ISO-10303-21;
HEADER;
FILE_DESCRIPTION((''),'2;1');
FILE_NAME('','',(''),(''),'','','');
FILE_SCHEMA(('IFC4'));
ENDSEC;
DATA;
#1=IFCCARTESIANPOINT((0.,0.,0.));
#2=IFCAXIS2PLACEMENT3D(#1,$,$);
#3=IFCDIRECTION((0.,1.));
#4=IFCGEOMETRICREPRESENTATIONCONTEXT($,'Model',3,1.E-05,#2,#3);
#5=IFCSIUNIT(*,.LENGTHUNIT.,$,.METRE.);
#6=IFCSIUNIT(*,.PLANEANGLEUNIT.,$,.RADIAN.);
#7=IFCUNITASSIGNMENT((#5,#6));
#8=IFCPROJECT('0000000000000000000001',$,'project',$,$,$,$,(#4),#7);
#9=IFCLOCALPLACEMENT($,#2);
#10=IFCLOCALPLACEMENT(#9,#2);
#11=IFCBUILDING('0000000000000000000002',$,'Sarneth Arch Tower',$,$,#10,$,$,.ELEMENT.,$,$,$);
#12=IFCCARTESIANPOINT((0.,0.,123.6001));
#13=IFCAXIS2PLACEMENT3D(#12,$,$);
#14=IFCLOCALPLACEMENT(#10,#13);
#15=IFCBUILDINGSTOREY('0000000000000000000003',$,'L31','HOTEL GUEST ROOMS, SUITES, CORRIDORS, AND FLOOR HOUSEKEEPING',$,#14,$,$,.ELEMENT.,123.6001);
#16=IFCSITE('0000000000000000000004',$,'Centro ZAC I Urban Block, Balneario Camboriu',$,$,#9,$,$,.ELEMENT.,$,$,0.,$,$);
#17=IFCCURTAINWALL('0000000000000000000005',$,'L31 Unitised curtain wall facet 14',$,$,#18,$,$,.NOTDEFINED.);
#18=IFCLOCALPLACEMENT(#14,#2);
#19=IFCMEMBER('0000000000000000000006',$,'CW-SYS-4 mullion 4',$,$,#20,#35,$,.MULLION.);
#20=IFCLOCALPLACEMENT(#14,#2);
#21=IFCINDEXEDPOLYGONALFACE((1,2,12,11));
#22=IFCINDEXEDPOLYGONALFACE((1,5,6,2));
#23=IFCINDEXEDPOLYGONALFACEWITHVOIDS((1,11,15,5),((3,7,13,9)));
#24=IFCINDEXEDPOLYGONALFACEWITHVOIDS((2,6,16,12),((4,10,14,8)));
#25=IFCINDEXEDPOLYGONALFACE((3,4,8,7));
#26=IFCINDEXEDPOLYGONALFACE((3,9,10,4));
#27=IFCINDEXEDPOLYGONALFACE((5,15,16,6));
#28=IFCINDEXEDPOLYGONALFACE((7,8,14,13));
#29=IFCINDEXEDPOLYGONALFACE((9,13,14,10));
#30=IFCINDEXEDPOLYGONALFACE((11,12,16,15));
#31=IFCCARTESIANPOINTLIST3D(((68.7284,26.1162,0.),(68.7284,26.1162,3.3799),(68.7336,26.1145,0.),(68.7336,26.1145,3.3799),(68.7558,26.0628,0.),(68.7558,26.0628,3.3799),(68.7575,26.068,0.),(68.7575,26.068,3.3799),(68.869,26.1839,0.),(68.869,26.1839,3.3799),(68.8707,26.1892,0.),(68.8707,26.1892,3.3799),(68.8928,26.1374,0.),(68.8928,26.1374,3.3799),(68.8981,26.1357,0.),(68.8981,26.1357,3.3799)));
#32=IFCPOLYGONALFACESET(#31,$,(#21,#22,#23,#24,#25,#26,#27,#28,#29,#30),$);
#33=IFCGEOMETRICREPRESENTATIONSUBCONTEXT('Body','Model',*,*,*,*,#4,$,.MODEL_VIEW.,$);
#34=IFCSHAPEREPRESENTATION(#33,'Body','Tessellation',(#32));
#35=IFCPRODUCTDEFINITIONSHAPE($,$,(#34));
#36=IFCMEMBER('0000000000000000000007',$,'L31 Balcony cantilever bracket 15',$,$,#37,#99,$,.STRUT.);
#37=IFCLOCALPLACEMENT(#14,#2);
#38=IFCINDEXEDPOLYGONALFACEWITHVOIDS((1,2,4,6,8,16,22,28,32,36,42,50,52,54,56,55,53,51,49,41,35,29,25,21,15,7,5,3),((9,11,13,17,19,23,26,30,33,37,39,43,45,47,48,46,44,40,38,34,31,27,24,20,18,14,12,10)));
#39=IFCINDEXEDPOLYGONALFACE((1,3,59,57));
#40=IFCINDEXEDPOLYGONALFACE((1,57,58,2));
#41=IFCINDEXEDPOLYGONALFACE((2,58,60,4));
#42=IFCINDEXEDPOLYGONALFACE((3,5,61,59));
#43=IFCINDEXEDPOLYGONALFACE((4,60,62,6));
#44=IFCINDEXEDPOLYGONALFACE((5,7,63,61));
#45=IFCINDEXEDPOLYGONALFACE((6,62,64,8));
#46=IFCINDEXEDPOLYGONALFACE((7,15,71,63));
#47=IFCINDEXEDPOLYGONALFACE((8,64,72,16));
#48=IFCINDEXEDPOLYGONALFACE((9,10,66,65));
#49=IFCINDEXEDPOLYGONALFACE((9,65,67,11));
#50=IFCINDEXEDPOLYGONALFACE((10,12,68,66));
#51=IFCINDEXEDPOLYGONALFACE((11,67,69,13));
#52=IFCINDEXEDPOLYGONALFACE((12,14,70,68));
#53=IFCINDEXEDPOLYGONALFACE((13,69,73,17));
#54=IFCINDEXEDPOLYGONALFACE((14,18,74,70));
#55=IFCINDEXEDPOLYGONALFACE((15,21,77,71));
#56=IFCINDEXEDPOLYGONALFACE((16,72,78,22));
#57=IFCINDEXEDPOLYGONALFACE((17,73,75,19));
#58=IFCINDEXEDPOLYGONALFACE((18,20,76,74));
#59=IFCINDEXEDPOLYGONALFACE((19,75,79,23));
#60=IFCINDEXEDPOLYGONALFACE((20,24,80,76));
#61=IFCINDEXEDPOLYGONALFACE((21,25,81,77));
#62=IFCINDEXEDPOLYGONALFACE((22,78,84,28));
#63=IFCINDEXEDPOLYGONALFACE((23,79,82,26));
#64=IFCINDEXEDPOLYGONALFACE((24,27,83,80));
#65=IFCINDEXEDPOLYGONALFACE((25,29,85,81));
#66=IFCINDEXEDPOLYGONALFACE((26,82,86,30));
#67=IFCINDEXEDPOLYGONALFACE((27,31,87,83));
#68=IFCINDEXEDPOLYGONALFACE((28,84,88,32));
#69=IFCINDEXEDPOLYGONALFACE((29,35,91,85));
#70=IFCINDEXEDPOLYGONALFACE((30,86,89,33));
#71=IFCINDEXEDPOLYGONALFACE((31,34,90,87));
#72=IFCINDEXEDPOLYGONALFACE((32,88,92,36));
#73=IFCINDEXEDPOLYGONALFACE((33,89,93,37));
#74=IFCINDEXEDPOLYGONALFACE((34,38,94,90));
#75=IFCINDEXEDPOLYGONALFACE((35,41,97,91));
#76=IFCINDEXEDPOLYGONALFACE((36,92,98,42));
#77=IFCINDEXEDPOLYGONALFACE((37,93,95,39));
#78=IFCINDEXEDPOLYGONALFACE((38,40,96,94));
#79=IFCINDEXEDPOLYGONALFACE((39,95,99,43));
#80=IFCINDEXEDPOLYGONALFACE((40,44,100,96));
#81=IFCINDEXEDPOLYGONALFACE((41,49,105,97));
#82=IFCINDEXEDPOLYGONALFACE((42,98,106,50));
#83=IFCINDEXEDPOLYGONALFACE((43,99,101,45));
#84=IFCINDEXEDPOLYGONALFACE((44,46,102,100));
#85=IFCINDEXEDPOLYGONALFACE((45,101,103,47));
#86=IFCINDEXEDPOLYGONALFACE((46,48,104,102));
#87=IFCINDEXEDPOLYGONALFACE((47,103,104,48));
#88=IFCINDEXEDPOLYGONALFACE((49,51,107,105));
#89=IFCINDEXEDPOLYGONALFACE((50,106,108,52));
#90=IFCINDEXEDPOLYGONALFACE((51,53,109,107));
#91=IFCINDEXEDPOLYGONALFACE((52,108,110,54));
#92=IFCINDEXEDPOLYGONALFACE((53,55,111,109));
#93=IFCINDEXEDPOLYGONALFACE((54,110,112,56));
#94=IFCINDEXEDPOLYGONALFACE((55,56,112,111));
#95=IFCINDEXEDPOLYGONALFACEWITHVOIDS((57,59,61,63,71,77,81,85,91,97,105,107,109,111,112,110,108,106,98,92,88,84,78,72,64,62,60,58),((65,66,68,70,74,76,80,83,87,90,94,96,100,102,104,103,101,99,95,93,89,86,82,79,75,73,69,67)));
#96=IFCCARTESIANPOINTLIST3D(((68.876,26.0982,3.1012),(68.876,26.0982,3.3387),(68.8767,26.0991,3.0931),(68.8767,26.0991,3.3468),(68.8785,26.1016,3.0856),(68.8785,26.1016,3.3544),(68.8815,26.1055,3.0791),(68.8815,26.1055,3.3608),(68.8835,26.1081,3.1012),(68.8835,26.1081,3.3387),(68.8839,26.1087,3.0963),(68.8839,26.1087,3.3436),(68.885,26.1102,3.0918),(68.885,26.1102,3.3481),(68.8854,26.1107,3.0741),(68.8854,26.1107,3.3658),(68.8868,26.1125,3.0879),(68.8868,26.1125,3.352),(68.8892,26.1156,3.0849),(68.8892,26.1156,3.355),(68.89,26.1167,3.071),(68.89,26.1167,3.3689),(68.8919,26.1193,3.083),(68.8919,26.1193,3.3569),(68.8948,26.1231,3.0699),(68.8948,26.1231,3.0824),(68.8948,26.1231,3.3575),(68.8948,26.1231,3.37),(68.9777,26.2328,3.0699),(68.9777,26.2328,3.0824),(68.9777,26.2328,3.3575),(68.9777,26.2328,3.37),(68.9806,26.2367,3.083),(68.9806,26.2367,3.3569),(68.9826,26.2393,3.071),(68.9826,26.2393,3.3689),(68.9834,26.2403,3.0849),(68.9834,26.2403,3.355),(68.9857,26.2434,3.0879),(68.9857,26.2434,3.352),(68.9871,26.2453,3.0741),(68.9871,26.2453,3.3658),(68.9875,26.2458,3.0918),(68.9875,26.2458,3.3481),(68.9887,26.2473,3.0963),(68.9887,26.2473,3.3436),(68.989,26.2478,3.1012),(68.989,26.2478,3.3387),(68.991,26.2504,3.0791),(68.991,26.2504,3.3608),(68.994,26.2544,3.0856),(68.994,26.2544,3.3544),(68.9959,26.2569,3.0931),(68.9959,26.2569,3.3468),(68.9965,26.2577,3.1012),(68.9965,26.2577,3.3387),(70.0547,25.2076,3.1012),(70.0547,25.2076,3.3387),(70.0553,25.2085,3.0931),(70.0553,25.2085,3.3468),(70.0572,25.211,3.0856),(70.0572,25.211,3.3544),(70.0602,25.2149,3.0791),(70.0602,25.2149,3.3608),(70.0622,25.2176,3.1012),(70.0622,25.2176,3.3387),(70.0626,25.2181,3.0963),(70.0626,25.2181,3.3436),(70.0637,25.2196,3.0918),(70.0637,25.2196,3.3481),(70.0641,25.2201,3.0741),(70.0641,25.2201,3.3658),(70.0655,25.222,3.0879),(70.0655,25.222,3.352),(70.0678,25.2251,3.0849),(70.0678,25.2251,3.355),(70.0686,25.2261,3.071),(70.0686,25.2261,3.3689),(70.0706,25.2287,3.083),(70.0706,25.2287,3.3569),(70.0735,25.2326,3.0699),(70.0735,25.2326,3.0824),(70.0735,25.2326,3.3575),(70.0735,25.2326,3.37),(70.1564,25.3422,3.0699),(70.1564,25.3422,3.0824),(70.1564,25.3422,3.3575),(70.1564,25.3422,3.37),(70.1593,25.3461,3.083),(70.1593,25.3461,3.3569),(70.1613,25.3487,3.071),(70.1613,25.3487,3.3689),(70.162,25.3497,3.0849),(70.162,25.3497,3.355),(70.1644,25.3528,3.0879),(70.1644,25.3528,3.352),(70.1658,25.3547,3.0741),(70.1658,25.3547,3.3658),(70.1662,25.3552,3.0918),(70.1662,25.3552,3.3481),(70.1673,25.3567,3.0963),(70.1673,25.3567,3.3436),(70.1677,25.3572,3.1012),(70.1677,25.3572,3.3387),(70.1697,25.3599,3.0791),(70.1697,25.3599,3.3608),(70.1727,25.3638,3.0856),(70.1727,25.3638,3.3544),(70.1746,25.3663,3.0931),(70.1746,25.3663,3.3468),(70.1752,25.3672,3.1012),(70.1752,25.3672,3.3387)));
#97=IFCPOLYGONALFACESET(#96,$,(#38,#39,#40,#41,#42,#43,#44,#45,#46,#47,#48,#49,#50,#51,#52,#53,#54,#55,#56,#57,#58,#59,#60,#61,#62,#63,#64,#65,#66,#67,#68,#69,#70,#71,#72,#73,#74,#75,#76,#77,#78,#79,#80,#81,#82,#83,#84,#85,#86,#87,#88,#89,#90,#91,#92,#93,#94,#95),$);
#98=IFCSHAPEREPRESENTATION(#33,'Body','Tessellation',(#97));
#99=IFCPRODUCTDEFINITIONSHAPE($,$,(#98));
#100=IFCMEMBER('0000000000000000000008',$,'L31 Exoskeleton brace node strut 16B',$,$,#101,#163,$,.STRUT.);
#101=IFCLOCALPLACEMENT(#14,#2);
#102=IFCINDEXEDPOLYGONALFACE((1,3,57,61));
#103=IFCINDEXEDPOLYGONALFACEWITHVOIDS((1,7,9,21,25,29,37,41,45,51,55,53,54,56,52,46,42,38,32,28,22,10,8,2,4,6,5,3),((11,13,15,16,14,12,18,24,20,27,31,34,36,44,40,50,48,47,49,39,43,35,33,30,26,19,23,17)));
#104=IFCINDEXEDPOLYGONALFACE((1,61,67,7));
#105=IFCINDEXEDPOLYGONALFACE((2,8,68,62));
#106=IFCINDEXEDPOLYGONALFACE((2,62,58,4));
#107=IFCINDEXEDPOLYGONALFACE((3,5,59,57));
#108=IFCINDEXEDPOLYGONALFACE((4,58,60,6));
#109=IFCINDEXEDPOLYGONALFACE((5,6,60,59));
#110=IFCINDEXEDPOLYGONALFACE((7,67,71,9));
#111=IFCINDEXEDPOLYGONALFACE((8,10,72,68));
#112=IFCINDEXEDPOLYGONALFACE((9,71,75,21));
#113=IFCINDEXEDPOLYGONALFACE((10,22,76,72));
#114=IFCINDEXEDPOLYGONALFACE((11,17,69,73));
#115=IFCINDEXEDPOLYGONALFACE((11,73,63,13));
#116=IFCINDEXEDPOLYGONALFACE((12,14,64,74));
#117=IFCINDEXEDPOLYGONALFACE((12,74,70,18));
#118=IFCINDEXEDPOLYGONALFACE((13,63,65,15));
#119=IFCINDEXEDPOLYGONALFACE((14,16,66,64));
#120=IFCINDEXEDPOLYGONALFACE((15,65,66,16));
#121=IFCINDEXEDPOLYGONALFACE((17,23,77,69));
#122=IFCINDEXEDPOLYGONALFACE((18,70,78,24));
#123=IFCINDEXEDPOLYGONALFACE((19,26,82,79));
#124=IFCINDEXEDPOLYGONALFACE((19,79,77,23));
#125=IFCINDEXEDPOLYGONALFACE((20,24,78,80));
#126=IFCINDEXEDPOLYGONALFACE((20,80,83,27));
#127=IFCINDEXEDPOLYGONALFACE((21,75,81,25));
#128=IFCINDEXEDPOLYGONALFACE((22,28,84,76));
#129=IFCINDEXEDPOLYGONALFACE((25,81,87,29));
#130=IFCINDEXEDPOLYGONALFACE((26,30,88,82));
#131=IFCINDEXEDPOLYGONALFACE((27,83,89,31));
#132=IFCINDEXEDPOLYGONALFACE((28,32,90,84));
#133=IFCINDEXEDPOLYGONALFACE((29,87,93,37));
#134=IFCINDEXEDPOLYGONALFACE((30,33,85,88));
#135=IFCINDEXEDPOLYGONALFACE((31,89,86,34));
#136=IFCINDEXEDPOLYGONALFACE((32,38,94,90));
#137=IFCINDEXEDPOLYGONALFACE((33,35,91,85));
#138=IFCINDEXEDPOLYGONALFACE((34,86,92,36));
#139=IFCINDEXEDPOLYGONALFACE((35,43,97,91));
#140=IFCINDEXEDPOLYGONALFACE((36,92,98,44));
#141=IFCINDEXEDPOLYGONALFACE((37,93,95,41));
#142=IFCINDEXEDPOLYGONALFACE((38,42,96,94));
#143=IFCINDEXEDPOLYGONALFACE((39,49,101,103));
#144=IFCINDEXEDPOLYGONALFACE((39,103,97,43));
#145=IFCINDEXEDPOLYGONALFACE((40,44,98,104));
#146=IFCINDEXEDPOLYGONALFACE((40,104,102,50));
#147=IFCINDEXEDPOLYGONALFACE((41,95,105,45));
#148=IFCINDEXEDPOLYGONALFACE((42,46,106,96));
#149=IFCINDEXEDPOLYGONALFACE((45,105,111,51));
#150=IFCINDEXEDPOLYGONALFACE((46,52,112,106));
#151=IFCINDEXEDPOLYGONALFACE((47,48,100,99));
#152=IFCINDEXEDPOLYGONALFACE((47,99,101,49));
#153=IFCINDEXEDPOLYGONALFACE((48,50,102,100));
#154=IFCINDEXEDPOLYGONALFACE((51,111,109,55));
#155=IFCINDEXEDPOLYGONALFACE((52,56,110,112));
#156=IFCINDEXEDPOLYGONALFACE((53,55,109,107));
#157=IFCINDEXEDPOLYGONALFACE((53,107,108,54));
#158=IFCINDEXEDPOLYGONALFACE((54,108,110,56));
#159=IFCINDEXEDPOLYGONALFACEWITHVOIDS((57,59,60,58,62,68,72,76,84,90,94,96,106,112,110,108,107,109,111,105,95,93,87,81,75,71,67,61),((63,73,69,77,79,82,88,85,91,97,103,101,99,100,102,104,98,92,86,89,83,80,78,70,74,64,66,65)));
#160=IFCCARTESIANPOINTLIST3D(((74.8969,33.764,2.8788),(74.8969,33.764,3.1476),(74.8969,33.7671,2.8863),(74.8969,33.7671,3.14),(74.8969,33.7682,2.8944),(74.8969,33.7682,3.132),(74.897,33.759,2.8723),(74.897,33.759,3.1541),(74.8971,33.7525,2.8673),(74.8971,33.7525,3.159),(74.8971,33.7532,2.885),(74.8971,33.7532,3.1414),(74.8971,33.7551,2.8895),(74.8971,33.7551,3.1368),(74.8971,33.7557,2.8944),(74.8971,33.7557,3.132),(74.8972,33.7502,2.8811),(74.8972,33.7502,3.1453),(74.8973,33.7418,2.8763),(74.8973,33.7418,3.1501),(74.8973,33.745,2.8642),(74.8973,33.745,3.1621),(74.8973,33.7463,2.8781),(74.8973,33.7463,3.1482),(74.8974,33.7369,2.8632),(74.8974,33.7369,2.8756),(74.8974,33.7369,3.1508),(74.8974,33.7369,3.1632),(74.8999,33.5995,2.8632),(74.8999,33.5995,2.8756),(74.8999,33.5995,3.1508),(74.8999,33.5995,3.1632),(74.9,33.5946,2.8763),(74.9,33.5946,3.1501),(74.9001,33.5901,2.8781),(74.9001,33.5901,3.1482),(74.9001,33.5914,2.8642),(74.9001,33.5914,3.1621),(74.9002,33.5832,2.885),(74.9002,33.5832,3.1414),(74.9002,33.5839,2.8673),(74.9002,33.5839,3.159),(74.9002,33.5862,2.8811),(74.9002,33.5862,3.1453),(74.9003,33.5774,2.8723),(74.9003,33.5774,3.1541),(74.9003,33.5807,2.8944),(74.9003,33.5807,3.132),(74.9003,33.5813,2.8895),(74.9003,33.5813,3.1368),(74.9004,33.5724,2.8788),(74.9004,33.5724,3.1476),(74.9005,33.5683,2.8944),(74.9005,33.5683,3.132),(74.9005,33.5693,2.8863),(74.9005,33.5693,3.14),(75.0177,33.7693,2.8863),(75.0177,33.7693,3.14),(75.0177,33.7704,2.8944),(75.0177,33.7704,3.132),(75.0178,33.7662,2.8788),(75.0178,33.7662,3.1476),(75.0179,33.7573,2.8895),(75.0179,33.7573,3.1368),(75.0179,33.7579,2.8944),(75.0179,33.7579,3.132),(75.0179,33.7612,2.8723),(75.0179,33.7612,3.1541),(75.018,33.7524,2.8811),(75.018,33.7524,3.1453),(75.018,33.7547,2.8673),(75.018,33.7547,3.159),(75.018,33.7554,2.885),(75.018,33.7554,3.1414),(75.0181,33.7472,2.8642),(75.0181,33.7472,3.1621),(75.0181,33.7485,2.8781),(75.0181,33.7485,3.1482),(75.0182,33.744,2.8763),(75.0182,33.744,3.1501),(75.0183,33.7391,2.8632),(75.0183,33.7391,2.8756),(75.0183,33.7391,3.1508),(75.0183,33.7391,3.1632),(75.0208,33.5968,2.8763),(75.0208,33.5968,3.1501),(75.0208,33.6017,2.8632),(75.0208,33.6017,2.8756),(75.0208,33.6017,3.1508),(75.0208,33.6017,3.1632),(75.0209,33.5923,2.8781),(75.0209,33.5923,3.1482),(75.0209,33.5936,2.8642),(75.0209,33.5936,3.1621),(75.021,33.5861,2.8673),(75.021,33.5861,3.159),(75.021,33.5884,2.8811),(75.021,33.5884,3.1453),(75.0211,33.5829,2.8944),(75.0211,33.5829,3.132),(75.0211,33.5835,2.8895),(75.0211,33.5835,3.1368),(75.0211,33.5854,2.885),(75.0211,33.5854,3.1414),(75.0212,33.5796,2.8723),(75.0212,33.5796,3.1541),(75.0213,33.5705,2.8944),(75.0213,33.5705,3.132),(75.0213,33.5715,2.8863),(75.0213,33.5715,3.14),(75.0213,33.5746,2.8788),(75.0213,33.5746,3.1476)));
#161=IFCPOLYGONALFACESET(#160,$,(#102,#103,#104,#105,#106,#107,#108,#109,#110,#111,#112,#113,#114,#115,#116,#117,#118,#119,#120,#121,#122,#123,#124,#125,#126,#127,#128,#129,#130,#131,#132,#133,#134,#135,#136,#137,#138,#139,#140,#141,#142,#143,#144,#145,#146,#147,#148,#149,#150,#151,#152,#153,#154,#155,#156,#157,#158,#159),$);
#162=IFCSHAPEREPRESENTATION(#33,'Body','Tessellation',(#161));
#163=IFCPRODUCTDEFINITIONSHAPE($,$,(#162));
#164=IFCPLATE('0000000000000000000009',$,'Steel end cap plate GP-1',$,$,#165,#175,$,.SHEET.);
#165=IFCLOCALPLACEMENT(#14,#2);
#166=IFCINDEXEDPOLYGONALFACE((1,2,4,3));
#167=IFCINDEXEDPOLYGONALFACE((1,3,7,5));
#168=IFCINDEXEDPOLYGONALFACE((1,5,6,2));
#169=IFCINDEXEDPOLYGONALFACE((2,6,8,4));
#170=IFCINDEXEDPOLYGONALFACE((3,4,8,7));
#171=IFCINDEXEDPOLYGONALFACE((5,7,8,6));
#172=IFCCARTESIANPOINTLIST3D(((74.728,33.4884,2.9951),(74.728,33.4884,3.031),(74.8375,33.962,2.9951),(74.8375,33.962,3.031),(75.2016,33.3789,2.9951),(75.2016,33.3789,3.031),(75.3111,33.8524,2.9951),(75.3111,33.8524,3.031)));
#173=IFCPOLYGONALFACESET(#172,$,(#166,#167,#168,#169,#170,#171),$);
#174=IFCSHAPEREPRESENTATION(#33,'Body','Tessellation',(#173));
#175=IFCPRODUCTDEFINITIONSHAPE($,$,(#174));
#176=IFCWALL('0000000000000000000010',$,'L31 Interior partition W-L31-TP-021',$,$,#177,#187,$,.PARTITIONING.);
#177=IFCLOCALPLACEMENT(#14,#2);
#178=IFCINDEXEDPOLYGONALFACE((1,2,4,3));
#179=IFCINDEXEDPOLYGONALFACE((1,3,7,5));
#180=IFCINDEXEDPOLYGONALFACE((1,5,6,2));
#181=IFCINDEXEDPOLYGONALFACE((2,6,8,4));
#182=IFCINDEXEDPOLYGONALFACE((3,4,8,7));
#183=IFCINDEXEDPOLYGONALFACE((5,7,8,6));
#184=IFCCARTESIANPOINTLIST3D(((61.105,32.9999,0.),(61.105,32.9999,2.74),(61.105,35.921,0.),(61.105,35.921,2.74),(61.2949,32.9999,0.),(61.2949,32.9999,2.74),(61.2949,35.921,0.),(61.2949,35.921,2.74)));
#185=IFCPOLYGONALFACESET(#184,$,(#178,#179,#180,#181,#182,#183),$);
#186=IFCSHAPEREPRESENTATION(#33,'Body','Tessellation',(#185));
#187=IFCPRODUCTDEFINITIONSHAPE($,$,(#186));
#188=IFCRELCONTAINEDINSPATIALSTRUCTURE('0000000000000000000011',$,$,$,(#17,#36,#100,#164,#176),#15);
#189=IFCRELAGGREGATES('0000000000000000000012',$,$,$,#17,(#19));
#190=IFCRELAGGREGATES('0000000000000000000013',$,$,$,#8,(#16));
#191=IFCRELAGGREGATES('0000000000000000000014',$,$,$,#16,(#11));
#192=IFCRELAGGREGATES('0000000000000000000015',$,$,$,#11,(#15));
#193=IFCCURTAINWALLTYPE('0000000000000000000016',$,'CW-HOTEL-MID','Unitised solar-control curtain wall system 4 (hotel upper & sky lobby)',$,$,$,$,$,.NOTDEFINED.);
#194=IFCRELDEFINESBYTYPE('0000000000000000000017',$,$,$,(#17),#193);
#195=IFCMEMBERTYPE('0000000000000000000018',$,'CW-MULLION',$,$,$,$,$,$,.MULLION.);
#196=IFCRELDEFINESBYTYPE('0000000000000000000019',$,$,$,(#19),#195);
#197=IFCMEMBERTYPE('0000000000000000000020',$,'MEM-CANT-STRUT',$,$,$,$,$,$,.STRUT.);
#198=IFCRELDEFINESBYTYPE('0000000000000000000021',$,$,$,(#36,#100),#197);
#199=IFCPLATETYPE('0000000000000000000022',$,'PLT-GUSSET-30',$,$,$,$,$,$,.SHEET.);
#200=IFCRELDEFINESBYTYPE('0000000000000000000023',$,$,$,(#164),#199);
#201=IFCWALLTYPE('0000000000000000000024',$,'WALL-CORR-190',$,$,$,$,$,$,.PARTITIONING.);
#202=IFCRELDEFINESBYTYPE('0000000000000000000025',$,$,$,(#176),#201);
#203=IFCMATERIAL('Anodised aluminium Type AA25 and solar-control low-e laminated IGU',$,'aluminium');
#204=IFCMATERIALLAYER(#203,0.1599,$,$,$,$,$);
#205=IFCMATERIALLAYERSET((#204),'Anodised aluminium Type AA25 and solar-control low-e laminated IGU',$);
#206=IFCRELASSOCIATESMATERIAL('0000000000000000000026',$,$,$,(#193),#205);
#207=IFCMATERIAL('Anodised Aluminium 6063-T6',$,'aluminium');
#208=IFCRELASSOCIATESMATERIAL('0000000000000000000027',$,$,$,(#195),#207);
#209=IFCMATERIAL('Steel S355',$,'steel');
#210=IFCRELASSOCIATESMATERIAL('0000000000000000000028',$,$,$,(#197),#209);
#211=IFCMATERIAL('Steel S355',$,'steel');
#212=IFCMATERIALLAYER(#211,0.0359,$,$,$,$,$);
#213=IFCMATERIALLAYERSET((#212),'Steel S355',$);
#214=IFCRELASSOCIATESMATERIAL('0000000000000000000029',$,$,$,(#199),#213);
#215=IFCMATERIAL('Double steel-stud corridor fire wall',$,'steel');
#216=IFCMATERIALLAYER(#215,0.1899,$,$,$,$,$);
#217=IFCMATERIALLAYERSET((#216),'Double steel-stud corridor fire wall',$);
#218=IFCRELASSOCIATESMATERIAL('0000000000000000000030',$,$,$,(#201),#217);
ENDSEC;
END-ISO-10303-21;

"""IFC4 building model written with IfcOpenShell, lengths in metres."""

from ifc_helpers import new_model, si_unit, direction, frame, frame_2d, origin, origin_2d, place, context, subcontext, project, spatial, rectangle, hollow_rectangle, extrude, material, layer, layer_set, material_profile, profile_set, type_object, element, aggregate, save


model = new_model("IFC4")

# Units and contexts
model_context = context("Model", 3, precision=1e-05, world=origin(), true_north=direction((0.0, 1.0)))
body_context = subcontext(model_context, "Body", "Model", "MODEL_VIEW")
ifc_project = project(units=[si_unit("LENGTHUNIT", "METRE"), si_unit("PLANEANGLEUNIT", "RADIAN")], contexts=[model_context])

# Site, building, storey
site_placement = place(None, origin())
site = spatial("IfcSite", under=ifc_project, at=site_placement, Name="Centro ZAC I Urban Block, Balneario Camboriu", CompositionType="ELEMENT", RefElevation=0.0)
building_placement = place(site_placement, origin())
building = spatial("IfcBuilding", under=site, at=building_placement, Name="Sarneth Arch Tower", CompositionType="ELEMENT")
storey_placement = place(building_placement, frame((0.0, 0.0, 123.6001)))
storey = spatial("IfcBuildingStorey", under=building, at=storey_placement, Name="L31", Description="HOTEL GUEST ROOMS, SUITES, CORRIDORS, AND FLOOR HOUSEKEEPING", CompositionType="ELEMENT", Elevation=123.6001)

# Curtain wall, member
ifc_material_1 = material(Name="Anodised aluminium Type AA25 and solar-control low-e laminated IGU", Category="aluminium")
ifc_layer_1 = layer(ifc_material_1, 0.1599)
ifc_layer_set_1 = layer_set([ifc_layer_1], Name="Anodised aluminium Type AA25 and solar-control low-e laminated IGU")
curtain_wall_type = type_object("IfcCurtainWallType", Name="CW-HOTEL-MID", Description="Unitised solar-control curtain wall system 4 (hotel upper & sky lobby)", PredefinedType="NOTDEFINED", material=ifc_layer_set_1)
curtain_wall_placement = place(storey_placement, origin())
curtain_wall = element("IfcCurtainWall", 1, at=curtain_wall_placement, inside=storey, type_object=curtain_wall_type, Name="L31 Unitised curtain wall facet 14", PredefinedType="NOTDEFINED")
ifc_material_2 = material(Name="Anodised Aluminium 6063-T6", Category="aluminium")
ifc_material_profile_1 = material_profile(ifc_material_2, hollow_rectangle(XDim=0.0601, YDim=0.1599, WallThickness=0.0039, at=origin_2d()), Name="AL-MULL-160x60x4")
ifc_profile_set_1 = profile_set([ifc_material_profile_1], Name="Anodised Aluminium 6063-T6")
member_type_1 = type_object("IfcMemberType", Name="CW-MULLION", PredefinedType="MULLION", material=ifc_profile_set_1)
member_1_placement = place(storey_placement, frame((68.8132, 26.126, 0.0), z_axis=(0.0, 0.0, 1.0), x_axis=(-0.456031, 0.889964, 0.0)))
member_1 = element("IfcMember", 2, at=member_1_placement, type_object=member_type_1, Name="CW-SYS-4 mullion 4", PredefinedType="MULLION", context=body_context, shape_type="SweptSolid", body=[
    extrude(hollow_rectangle(XDim=0.0601, YDim=0.1599, WallThickness=0.0039, at=origin_2d()), origin(), (0.0, 0.0, 1.0), 3.3799),
])
aggregate(curtain_wall, [member_1])

# Members
ifc_material_3 = material(Name="Steel S355", Category="steel")
ifc_material_profile_2 = material_profile(ifc_material_3, hollow_rectangle(XDim=0.2, YDim=0.3, WallThickness=0.0125, InnerFilletRadius=0.0188, OuterFilletRadius=0.0312, at=origin_2d()), Name="RHS300x200x12.5")
ifc_profile_set_2 = profile_set([ifc_material_profile_2], Name="Steel S355")
member_type_2 = type_object("IfcMemberType", Name="MEM-CANT-STRUT", PredefinedType="STRUT", material=ifc_profile_set_2)
member_2_placement = place(storey_placement, frame((68.9363, 26.178, 3.22), z_axis=(0.797853, -0.602852, 0.0), x_axis=(0.602852, 0.797853, 0.0)))
element("IfcMember", 3, at=member_2_placement, inside=storey, type_object=member_type_2, Name="L31 Balcony cantilever bracket 15", PredefinedType="STRUT", context=body_context, shape_type="SweptSolid", body=[
    extrude(hollow_rectangle(XDim=0.2, YDim=0.3, WallThickness=0.0125, InnerFilletRadius=0.0188, OuterFilletRadius=0.0312, at=origin_2d()), origin(), (0.0, 0.0, 1.0), 1.4773),
])
member_3_placement = place(storey_placement, frame((74.8987, 33.6682, 3.0132), z_axis=(0.999835, 0.018179, 0.0), x_axis=(-0.018179, 0.999835, 0.0)))
element("IfcMember", 4, at=member_3_placement, inside=storey, type_object=member_type_2, Name="L31 Exoskeleton brace node strut 16B", PredefinedType="STRUT", context=body_context, shape_type="SweptSolid", body=[
    extrude(hollow_rectangle(XDim=0.2, YDim=0.3, WallThickness=0.0125, InnerFilletRadius=0.0188, OuterFilletRadius=0.0312, at=origin_2d()), origin(), (0.0, 0.0, 1.0), 0.1208),
])

# Plate
ifc_material_4 = material(Name="Steel S355", Category="steel")
ifc_layer_2 = layer(ifc_material_4, 0.0359)
ifc_layer_set_2 = layer_set([ifc_layer_2], Name="Steel S355")
plate_type = type_object("IfcPlateType", Name="PLT-GUSSET-30", PredefinedType="SHEET", material=ifc_layer_set_2)
plate_placement = place(storey_placement, frame((75.0195, 33.6704, 2.9951), z_axis=(0.0, 0.0, 1.0), x_axis=(0.225291, 0.974291, 0.0)))
element("IfcPlate", 5, at=plate_placement, inside=storey, type_object=plate_type, Name="Steel end cap plate GP-1", PredefinedType="SHEET", context=body_context, shape_type="SweptSolid", body=[
    extrude(rectangle(XDim=0.4861, YDim=0.4861, at=origin_2d()), origin(), (0.0, 0.0, 1.0), 0.0359),
])

# Wall
ifc_material_5 = material(Name="Double steel-stud corridor fire wall", Category="steel")
ifc_layer_3 = layer(ifc_material_5, 0.1899)
ifc_layer_set_3 = layer_set([ifc_layer_3], Name="Double steel-stud corridor fire wall")
wall_type_1 = type_object("IfcWallType", Name="WALL-CORR-190", PredefinedType="PARTITIONING", material=ifc_layer_set_3)
wall_1_placement = place(storey_placement, frame((61.2, 33.0, 0.0), z_axis=(0.0, 0.0, 1.0), x_axis=(0.0, 1.0, 0.0)))
element("IfcWall", 6, at=wall_1_placement, inside=storey, type_object=wall_type_1, Name="L31 Interior partition W-L31-TP-021", PredefinedType="PARTITIONING", context=body_context, shape_type="SweptSolid", body=[
    extrude(rectangle(XDim=2.9211, YDim=0.1899, at=frame_2d((1.4604, 0.0))), origin(), (0.0, 0.0, 1.0), 2.74),
])

save(model, "model.ifc")
